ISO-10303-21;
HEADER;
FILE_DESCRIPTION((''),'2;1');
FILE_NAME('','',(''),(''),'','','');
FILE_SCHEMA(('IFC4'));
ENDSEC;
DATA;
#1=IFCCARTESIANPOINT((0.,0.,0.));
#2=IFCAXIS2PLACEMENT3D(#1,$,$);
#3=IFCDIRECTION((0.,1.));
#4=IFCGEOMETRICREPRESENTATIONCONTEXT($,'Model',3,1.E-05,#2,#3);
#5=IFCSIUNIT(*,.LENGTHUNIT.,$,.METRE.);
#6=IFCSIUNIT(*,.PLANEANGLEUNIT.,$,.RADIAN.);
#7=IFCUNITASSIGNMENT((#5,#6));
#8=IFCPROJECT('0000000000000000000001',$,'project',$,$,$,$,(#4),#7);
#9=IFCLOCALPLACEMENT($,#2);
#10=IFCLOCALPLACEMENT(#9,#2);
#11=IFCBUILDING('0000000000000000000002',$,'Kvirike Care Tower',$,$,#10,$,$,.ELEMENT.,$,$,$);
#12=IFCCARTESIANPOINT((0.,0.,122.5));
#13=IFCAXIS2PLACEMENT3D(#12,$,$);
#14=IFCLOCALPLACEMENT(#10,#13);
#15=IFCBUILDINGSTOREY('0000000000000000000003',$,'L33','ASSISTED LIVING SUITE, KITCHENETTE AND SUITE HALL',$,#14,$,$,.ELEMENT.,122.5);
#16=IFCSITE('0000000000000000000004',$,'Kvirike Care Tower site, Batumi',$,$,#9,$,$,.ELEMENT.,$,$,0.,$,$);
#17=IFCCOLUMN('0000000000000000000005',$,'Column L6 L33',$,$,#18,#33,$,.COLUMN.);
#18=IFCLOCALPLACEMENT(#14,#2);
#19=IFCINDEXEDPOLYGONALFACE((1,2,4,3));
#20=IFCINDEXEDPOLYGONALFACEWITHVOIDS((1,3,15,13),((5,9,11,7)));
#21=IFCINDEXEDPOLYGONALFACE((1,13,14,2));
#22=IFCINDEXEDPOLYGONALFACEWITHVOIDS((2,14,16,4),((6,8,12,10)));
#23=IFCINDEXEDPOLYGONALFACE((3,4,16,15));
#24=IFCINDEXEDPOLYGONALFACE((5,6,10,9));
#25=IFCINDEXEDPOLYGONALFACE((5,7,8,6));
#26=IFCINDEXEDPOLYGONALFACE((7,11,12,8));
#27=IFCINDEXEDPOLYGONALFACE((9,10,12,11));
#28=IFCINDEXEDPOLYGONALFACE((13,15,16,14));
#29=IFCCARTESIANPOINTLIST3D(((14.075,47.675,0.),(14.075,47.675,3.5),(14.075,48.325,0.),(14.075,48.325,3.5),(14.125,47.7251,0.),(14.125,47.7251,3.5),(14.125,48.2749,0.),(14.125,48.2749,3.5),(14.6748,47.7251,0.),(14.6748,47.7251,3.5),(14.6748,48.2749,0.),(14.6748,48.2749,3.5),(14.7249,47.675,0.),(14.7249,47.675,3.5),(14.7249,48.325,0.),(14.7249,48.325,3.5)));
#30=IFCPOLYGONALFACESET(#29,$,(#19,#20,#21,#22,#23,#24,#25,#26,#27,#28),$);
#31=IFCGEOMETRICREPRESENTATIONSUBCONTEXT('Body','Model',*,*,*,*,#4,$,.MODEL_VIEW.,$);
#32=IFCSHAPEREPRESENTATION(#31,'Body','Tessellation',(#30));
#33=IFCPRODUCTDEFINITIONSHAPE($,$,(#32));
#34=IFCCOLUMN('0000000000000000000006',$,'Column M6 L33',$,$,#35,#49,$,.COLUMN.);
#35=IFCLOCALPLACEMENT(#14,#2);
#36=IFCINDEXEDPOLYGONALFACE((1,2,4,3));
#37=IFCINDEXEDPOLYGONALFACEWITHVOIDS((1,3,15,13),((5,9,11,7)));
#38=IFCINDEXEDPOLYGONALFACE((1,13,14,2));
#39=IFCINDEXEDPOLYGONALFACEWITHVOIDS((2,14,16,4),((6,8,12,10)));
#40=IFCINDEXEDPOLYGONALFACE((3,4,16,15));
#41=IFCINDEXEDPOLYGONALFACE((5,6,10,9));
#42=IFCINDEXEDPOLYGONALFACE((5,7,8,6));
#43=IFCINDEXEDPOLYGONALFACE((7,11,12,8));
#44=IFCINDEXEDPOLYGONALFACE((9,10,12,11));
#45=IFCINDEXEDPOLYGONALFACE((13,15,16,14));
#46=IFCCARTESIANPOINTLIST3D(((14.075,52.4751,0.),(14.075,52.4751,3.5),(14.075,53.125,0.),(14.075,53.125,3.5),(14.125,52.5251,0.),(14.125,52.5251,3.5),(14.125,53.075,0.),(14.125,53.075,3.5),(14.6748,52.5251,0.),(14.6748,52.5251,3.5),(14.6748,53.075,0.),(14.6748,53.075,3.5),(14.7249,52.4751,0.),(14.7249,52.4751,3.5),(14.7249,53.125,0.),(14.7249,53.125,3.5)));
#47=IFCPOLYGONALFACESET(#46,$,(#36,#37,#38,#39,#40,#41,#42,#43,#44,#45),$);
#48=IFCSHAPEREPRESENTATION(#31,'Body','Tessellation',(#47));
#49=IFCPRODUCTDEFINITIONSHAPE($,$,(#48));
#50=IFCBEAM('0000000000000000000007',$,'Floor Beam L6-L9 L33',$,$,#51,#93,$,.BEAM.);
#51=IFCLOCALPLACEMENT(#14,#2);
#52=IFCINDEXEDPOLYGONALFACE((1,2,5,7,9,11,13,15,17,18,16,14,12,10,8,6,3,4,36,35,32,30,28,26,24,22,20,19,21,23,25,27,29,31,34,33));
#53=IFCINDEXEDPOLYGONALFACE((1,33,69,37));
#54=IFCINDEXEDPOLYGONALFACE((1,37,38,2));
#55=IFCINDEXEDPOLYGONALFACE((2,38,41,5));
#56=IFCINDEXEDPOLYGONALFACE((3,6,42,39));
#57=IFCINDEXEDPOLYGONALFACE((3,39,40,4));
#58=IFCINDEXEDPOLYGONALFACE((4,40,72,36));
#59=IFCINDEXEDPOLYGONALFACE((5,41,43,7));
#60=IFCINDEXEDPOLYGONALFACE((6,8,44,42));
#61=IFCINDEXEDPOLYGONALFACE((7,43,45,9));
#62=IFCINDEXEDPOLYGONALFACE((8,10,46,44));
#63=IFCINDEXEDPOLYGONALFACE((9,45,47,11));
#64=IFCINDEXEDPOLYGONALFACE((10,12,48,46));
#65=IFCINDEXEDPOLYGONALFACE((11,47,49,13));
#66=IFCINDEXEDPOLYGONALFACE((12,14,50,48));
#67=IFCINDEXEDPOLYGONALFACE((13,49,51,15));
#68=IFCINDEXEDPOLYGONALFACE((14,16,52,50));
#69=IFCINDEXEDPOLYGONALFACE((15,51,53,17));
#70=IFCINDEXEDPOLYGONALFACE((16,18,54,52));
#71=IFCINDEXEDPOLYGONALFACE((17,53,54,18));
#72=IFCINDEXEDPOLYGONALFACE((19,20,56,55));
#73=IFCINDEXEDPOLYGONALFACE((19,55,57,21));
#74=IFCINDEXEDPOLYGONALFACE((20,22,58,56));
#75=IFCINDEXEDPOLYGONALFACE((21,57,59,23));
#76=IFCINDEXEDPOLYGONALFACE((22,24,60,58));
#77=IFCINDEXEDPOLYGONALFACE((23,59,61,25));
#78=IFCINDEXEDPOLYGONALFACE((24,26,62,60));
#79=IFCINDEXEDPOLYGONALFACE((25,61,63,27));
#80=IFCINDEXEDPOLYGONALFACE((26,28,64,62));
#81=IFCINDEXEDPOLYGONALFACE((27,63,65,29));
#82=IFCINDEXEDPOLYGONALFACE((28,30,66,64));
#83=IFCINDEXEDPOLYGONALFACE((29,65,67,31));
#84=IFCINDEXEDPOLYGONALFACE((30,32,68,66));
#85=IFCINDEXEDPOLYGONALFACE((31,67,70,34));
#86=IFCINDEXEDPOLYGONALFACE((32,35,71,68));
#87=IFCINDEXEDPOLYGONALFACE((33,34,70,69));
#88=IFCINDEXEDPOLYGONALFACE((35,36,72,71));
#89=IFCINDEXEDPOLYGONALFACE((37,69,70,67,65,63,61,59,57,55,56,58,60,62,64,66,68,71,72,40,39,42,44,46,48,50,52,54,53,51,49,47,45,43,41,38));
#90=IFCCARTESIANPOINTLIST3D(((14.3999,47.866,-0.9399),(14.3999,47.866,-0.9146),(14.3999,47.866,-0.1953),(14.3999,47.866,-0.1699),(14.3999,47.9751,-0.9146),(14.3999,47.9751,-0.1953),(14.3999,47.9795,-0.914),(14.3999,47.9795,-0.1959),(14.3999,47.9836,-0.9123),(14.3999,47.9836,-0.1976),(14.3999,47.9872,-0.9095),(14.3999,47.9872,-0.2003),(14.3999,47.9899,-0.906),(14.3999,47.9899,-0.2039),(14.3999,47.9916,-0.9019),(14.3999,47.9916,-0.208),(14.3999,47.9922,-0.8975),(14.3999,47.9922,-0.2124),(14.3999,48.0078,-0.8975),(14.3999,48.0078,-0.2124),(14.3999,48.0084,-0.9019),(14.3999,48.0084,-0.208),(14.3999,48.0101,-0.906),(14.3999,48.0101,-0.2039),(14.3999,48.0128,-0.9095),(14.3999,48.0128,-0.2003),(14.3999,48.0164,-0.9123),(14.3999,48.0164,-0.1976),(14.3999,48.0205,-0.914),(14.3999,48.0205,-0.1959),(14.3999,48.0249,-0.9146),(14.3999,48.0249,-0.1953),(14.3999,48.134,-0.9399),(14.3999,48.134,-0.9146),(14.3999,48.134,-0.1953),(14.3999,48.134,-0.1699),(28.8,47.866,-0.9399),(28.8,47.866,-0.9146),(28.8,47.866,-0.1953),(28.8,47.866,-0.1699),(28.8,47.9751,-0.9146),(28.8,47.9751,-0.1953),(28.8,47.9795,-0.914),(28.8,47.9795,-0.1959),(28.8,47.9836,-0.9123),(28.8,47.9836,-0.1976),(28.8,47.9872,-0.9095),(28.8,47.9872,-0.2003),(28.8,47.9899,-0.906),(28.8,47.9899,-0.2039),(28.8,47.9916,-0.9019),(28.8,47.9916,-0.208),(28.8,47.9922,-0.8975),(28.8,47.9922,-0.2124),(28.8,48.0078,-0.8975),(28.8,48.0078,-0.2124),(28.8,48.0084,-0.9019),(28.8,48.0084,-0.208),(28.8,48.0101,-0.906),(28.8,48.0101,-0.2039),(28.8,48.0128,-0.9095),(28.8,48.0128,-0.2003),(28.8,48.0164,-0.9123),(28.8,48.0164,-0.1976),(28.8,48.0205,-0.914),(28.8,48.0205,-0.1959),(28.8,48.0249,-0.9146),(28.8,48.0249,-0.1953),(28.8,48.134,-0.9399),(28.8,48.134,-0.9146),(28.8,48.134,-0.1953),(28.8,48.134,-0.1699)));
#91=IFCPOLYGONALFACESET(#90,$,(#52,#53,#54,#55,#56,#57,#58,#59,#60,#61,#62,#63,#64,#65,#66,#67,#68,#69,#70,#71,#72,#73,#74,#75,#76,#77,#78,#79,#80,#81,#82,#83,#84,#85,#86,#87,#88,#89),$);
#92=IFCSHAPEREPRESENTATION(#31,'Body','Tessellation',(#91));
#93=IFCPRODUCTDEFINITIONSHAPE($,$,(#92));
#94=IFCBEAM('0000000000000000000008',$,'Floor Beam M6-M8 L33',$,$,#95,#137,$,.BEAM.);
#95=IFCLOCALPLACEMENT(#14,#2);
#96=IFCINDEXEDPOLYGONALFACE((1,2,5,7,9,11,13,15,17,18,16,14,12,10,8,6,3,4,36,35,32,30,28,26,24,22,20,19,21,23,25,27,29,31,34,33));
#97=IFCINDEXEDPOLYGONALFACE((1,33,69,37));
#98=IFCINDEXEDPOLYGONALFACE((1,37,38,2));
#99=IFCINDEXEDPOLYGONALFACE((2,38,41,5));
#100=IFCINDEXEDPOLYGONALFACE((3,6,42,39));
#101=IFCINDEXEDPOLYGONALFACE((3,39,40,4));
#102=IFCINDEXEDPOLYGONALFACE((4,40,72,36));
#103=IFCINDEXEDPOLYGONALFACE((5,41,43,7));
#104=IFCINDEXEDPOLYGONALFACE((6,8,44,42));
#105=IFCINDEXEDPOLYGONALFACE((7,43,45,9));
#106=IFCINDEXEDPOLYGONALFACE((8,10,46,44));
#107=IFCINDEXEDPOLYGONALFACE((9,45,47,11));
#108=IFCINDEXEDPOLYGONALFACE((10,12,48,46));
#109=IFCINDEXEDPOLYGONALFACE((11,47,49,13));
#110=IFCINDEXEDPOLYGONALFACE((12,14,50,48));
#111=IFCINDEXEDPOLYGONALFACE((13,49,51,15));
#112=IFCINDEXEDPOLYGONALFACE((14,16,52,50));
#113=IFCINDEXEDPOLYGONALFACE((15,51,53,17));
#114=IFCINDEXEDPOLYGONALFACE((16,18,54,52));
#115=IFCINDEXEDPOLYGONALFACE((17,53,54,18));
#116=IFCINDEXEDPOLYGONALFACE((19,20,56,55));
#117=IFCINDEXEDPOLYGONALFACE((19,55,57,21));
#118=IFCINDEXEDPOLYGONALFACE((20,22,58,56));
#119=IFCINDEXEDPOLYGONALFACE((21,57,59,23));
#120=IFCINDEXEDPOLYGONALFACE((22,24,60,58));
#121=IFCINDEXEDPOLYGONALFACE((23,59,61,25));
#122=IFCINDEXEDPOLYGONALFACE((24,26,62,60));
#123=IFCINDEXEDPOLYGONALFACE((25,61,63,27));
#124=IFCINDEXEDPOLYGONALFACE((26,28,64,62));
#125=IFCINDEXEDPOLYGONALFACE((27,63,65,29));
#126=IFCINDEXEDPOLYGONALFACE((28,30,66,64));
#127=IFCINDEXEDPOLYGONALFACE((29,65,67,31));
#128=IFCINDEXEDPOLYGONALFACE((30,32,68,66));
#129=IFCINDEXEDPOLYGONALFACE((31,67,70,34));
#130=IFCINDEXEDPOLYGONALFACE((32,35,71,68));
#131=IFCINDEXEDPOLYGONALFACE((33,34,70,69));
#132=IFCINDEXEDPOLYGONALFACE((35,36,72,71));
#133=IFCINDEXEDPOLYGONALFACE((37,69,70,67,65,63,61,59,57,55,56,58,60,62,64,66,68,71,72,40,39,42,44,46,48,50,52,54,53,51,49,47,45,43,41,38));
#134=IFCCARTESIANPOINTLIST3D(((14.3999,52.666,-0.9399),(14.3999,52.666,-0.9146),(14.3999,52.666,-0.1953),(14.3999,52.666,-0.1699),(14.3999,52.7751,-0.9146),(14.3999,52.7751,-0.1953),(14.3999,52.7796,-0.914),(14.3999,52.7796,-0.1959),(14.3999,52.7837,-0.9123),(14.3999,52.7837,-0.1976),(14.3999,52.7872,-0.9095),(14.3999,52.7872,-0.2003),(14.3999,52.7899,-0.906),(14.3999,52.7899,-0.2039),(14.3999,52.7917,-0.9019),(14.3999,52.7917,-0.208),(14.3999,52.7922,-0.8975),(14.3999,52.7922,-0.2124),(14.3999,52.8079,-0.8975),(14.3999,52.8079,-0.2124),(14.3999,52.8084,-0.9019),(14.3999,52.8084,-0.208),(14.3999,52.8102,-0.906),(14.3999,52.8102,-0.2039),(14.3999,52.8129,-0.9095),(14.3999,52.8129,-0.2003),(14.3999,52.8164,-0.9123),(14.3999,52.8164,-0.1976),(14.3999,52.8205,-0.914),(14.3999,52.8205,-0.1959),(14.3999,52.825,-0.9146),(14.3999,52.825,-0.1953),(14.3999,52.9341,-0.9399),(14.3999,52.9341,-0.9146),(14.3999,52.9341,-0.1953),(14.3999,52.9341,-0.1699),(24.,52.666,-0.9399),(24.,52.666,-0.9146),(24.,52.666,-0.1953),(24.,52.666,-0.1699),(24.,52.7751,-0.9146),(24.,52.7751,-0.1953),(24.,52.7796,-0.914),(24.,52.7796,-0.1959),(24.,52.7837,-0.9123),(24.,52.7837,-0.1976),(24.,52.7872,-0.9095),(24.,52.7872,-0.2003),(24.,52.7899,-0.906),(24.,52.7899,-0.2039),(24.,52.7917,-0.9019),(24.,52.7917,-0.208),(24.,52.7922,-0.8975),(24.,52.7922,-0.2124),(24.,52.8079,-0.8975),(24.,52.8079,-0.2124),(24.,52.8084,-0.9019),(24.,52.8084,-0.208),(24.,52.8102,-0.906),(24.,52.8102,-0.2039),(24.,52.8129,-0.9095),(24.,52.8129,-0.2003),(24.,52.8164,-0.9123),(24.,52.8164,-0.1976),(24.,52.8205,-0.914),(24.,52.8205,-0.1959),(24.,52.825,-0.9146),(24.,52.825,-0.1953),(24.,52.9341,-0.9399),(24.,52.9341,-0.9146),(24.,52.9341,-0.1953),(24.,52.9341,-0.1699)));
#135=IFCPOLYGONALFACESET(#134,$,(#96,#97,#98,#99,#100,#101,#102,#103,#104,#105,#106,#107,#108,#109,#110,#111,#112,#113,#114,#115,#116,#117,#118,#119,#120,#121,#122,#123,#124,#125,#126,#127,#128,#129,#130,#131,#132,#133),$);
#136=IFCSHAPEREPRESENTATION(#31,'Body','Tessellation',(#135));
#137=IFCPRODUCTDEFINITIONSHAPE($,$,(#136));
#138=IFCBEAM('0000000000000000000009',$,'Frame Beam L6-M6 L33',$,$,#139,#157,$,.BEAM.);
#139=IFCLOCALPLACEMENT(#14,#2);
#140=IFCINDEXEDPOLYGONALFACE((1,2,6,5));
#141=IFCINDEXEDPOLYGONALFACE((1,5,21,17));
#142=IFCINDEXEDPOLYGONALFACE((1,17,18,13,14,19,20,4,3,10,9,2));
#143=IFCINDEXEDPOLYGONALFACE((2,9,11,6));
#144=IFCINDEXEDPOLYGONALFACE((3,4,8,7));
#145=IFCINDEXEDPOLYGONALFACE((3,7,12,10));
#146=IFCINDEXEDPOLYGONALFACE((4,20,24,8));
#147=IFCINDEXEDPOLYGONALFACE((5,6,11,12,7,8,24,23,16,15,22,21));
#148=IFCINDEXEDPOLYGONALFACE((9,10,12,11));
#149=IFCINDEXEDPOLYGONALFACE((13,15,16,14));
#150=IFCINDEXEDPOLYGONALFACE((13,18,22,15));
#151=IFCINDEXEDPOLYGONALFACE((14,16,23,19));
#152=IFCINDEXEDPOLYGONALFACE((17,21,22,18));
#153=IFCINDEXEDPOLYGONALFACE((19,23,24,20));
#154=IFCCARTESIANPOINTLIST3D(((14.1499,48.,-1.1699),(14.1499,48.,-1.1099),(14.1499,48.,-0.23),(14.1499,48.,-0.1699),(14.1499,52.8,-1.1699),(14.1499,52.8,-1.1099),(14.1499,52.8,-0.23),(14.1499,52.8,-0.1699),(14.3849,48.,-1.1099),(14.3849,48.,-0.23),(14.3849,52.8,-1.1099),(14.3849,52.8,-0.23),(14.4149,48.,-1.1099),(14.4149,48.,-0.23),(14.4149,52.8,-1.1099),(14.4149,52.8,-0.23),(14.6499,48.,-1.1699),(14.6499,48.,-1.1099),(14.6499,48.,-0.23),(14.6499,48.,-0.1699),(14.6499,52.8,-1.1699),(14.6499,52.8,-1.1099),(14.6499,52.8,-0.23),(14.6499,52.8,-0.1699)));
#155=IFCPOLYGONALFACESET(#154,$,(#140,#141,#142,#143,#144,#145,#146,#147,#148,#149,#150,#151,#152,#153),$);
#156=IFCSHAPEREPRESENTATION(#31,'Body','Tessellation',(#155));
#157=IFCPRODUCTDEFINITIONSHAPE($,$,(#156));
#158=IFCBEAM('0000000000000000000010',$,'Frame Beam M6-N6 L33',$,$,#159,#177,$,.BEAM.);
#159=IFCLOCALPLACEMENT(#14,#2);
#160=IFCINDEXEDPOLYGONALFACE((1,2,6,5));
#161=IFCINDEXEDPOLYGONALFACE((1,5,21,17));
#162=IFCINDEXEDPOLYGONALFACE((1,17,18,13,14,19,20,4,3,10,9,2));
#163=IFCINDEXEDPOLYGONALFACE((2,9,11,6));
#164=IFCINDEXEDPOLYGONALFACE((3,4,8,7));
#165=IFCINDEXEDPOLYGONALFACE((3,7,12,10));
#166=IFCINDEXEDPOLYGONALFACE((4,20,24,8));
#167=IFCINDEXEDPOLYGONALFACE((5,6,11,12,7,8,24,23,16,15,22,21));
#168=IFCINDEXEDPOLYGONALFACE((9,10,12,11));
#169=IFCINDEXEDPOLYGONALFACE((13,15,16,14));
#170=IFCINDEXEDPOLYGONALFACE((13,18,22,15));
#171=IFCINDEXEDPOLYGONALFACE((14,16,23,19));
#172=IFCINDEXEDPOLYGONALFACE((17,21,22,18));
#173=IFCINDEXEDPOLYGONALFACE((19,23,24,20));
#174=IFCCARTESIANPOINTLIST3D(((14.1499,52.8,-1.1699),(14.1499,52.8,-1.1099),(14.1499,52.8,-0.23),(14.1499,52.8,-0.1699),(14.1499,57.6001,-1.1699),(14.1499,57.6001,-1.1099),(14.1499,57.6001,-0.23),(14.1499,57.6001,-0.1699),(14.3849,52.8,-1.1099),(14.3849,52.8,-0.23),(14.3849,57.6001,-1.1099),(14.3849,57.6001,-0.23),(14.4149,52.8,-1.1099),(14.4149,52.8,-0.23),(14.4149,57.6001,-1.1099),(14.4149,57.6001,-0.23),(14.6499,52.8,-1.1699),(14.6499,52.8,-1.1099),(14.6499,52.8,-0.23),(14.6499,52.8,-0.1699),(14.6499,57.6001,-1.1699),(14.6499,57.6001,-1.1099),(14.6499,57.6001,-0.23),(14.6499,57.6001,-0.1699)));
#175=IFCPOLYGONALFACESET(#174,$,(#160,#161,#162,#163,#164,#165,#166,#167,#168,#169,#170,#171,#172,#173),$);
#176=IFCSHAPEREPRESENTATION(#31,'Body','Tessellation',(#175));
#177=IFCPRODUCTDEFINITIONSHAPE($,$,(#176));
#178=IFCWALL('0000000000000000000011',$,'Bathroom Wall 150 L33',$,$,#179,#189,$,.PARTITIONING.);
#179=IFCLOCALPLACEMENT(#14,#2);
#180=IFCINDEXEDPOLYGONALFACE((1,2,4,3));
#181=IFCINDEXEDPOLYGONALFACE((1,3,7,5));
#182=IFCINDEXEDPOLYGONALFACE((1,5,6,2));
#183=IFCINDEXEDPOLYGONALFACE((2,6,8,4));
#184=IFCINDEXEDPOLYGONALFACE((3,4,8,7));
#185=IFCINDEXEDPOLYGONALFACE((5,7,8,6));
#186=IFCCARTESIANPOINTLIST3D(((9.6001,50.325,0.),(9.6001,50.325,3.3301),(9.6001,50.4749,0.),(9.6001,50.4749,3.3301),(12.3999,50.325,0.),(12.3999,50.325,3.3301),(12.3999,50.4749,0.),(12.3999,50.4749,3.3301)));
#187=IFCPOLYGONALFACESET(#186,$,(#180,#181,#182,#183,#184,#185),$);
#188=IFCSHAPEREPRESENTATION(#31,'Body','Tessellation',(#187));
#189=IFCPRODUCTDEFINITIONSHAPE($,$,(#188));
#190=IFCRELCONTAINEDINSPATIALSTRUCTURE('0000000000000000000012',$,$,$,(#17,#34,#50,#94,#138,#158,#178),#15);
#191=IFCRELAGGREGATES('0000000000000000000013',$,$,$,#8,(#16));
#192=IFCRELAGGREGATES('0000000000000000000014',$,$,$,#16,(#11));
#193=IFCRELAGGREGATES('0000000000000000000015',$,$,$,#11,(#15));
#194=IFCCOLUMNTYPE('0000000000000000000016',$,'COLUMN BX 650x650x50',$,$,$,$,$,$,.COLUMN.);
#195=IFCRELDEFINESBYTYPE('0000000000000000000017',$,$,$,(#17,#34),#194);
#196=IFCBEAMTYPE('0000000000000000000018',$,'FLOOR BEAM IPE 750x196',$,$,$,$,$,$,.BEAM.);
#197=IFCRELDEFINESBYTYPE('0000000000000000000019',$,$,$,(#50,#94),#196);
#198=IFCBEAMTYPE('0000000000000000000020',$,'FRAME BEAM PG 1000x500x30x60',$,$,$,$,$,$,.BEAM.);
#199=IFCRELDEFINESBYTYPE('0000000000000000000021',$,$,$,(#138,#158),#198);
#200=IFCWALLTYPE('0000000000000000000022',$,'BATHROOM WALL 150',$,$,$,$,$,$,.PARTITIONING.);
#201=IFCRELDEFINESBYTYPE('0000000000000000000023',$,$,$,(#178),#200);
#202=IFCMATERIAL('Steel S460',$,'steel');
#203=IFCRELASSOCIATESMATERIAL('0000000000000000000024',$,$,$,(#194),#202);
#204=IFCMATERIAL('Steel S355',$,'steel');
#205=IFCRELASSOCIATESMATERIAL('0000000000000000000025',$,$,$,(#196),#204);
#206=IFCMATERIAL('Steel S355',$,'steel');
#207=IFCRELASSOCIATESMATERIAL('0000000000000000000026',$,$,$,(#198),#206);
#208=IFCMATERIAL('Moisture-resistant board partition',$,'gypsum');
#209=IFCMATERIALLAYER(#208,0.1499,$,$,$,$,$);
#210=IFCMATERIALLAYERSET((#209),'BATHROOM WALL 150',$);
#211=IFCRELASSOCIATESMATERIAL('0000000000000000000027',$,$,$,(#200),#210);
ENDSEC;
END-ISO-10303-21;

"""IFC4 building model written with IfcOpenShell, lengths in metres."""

from ifc_helpers import new_model, si_unit, direction, frame, frame_2d, origin, origin_2d, place, context, subcontext, project, spatial, rectangle, hollow_rectangle, i_section, extrude, material, layer, layer_set, material_profile, profile_set, type_object, element, save


model = new_model("IFC4")

# Units and contexts
model_context = context("Model", 3, precision=1e-05, world=origin(), true_north=direction((0.0, 1.0)))
body_context = subcontext(model_context, "Body", "Model", "MODEL_VIEW")
ifc_project = project(units=[si_unit("LENGTHUNIT", "METRE"), si_unit("PLANEANGLEUNIT", "RADIAN")], contexts=[model_context])

# Site, building, storey
site_placement = place(None, origin())
site = spatial("IfcSite", under=ifc_project, at=site_placement, Name="Kvirike Care Tower site, Batumi", CompositionType="ELEMENT", RefElevation=0.0)
building_placement = place(site_placement, origin())
building = spatial("IfcBuilding", under=site, at=building_placement, Name="Kvirike Care Tower", CompositionType="ELEMENT")
storey_placement = place(building_placement, frame((0.0, 0.0, 122.5)))
storey = spatial("IfcBuildingStorey", under=building, at=storey_placement, Name="L33", Description="ASSISTED LIVING SUITE, KITCHENETTE AND SUITE HALL", CompositionType="ELEMENT", Elevation=122.5)

# Columns
ifc_material_1 = material(Name="Steel S460", Category="steel")
ifc_material_profile_1 = material_profile(ifc_material_1, hollow_rectangle(XDim=0.6499, YDim=0.6499, WallThickness=0.05, at=origin_2d()), Name="BX 650x650x50")
ifc_profile_set_1 = profile_set([ifc_material_profile_1], Name="Steel S460")
column_type = type_object("IfcColumnType", Name="COLUMN BX 650x650x50", PredefinedType="COLUMN", material=ifc_profile_set_1)
for number, where, z_axis, x_axis, name in (
    (1, (14.3999, 48.0, 0.0), (0.0, 0.0, 1.0), (1.0, 0.0, 0.0), "Column L6 L33"),
    (2, (14.3999, 52.8, 0.0), (0.0, 0.0, 1.0), (1.0, 0.0, 0.0), "Column M6 L33"),
):
    element("IfcColumn", number, at=place(storey_placement, frame(where, z_axis=z_axis, x_axis=x_axis)), inside=storey, type_object=column_type, Name=name, PredefinedType="COLUMN", context=body_context, shape_type="SweptSolid", body=[
        extrude(hollow_rectangle(XDim=0.6499, YDim=0.6499, WallThickness=0.05, at=origin_2d()), origin(), (0.0, 0.0, 1.0), 3.5),
    ])

# Beams
ifc_material_2 = material(Name="Steel S355", Category="steel")
ifc_material_profile_2 = material_profile(ifc_material_2, i_section(OverallWidth=0.2681, OverallDepth=0.77, WebThickness=0.0156, FlangeThickness=0.0254, FilletRadius=0.0171, at=origin_2d()), Name="IPE 750x196")
ifc_profile_set_2 = profile_set([ifc_material_profile_2], Name="Steel S355")
beam_type_1 = type_object("IfcBeamType", Name="FLOOR BEAM IPE 750x196", PredefinedType="BEAM", material=ifc_profile_set_2)
beam_1_placement = place(storey_placement, frame((14.3999, 48.0, -0.5549), z_axis=(1.0, 0.0, 0.0), x_axis=(0.0, 1.0, 0.0)))
element("IfcBeam", 3, at=beam_1_placement, inside=storey, type_object=beam_type_1, Name="Floor Beam L6-L9 L33", PredefinedType="BEAM", context=body_context, shape_type="SweptSolid", body=[
    extrude(i_section(OverallWidth=0.2681, OverallDepth=0.77, WebThickness=0.0156, FlangeThickness=0.0254, FilletRadius=0.0171, at=origin_2d()), origin(), (0.0, 0.0, 1.0), 14.4001),
])
beam_2_placement = place(storey_placement, frame((14.3999, 52.8, -0.5549), z_axis=(1.0, 0.0, 0.0), x_axis=(0.0, 1.0, 0.0)))
element("IfcBeam", 4, at=beam_2_placement, inside=storey, type_object=beam_type_1, Name="Floor Beam M6-M8 L33", PredefinedType="BEAM", context=body_context, shape_type="SweptSolid", body=[
    extrude(i_section(OverallWidth=0.2681, OverallDepth=0.77, WebThickness=0.0156, FlangeThickness=0.0254, FilletRadius=0.0171, at=origin_2d()), origin(), (0.0, 0.0, 1.0), 9.6001),
])
ifc_material_3 = material(Name="Steel S355", Category="steel")
ifc_material_profile_3 = material_profile(ifc_material_3, i_section(OverallWidth=0.5, OverallDepth=1.0, WebThickness=0.03, FlangeThickness=0.0601, at=origin_2d()), Name="PG 1000x500x30x60")
ifc_profile_set_3 = profile_set([ifc_material_profile_3], Name="Steel S355")
beam_type_2 = type_object("IfcBeamType", Name="FRAME BEAM PG 1000x500x30x60", PredefinedType="BEAM", material=ifc_profile_set_3)
for number, where, z_axis, x_axis, name in (
    (5, (14.3999, 48.0, -0.6699), (0.0, 1.0, 0.0), (-1.0, 0.0, 0.0), "Frame Beam L6-M6 L33"),
    (6, (14.3999, 52.8, -0.6699), (0.0, 1.0, 0.0), (-1.0, 0.0, 0.0), "Frame Beam M6-N6 L33"),
):
    element("IfcBeam", number, at=place(storey_placement, frame(where, z_axis=z_axis, x_axis=x_axis)), inside=storey, type_object=beam_type_2, Name=name, PredefinedType="BEAM", context=body_context, shape_type="SweptSolid", body=[
        extrude(i_section(OverallWidth=0.5, OverallDepth=1.0, WebThickness=0.03, FlangeThickness=0.0601, at=origin_2d()), origin(), (0.0, 0.0, 1.0), 4.8),
    ])

# Wall
ifc_material_4 = material(Name="Moisture-resistant board partition", Category="gypsum")
ifc_layer_1 = layer(ifc_material_4, 0.1499)
ifc_layer_set_1 = layer_set([ifc_layer_1], Name="BATHROOM WALL 150")
wall_type_1 = type_object("IfcWallType", Name="BATHROOM WALL 150", PredefinedType="PARTITIONING", material=ifc_layer_set_1)
wall_1_placement = place(storey_placement, frame((12.3999, 50.3999, 0.0), z_axis=(0.0, 0.0, 1.0), x_axis=(-1.0, 0.0, 0.0)))
element("IfcWall", 7, at=wall_1_placement, inside=storey, type_object=wall_type_1, Name="Bathroom Wall 150 L33", PredefinedType="PARTITIONING", context=body_context, shape_type="SweptSolid", body=[
    extrude(rectangle(XDim=2.7998, YDim=0.1499, at=frame_2d((1.3999, 0.0))), origin(), (0.0, 0.0, 1.0), 3.3301),
])

save(model, "model.ifc")
